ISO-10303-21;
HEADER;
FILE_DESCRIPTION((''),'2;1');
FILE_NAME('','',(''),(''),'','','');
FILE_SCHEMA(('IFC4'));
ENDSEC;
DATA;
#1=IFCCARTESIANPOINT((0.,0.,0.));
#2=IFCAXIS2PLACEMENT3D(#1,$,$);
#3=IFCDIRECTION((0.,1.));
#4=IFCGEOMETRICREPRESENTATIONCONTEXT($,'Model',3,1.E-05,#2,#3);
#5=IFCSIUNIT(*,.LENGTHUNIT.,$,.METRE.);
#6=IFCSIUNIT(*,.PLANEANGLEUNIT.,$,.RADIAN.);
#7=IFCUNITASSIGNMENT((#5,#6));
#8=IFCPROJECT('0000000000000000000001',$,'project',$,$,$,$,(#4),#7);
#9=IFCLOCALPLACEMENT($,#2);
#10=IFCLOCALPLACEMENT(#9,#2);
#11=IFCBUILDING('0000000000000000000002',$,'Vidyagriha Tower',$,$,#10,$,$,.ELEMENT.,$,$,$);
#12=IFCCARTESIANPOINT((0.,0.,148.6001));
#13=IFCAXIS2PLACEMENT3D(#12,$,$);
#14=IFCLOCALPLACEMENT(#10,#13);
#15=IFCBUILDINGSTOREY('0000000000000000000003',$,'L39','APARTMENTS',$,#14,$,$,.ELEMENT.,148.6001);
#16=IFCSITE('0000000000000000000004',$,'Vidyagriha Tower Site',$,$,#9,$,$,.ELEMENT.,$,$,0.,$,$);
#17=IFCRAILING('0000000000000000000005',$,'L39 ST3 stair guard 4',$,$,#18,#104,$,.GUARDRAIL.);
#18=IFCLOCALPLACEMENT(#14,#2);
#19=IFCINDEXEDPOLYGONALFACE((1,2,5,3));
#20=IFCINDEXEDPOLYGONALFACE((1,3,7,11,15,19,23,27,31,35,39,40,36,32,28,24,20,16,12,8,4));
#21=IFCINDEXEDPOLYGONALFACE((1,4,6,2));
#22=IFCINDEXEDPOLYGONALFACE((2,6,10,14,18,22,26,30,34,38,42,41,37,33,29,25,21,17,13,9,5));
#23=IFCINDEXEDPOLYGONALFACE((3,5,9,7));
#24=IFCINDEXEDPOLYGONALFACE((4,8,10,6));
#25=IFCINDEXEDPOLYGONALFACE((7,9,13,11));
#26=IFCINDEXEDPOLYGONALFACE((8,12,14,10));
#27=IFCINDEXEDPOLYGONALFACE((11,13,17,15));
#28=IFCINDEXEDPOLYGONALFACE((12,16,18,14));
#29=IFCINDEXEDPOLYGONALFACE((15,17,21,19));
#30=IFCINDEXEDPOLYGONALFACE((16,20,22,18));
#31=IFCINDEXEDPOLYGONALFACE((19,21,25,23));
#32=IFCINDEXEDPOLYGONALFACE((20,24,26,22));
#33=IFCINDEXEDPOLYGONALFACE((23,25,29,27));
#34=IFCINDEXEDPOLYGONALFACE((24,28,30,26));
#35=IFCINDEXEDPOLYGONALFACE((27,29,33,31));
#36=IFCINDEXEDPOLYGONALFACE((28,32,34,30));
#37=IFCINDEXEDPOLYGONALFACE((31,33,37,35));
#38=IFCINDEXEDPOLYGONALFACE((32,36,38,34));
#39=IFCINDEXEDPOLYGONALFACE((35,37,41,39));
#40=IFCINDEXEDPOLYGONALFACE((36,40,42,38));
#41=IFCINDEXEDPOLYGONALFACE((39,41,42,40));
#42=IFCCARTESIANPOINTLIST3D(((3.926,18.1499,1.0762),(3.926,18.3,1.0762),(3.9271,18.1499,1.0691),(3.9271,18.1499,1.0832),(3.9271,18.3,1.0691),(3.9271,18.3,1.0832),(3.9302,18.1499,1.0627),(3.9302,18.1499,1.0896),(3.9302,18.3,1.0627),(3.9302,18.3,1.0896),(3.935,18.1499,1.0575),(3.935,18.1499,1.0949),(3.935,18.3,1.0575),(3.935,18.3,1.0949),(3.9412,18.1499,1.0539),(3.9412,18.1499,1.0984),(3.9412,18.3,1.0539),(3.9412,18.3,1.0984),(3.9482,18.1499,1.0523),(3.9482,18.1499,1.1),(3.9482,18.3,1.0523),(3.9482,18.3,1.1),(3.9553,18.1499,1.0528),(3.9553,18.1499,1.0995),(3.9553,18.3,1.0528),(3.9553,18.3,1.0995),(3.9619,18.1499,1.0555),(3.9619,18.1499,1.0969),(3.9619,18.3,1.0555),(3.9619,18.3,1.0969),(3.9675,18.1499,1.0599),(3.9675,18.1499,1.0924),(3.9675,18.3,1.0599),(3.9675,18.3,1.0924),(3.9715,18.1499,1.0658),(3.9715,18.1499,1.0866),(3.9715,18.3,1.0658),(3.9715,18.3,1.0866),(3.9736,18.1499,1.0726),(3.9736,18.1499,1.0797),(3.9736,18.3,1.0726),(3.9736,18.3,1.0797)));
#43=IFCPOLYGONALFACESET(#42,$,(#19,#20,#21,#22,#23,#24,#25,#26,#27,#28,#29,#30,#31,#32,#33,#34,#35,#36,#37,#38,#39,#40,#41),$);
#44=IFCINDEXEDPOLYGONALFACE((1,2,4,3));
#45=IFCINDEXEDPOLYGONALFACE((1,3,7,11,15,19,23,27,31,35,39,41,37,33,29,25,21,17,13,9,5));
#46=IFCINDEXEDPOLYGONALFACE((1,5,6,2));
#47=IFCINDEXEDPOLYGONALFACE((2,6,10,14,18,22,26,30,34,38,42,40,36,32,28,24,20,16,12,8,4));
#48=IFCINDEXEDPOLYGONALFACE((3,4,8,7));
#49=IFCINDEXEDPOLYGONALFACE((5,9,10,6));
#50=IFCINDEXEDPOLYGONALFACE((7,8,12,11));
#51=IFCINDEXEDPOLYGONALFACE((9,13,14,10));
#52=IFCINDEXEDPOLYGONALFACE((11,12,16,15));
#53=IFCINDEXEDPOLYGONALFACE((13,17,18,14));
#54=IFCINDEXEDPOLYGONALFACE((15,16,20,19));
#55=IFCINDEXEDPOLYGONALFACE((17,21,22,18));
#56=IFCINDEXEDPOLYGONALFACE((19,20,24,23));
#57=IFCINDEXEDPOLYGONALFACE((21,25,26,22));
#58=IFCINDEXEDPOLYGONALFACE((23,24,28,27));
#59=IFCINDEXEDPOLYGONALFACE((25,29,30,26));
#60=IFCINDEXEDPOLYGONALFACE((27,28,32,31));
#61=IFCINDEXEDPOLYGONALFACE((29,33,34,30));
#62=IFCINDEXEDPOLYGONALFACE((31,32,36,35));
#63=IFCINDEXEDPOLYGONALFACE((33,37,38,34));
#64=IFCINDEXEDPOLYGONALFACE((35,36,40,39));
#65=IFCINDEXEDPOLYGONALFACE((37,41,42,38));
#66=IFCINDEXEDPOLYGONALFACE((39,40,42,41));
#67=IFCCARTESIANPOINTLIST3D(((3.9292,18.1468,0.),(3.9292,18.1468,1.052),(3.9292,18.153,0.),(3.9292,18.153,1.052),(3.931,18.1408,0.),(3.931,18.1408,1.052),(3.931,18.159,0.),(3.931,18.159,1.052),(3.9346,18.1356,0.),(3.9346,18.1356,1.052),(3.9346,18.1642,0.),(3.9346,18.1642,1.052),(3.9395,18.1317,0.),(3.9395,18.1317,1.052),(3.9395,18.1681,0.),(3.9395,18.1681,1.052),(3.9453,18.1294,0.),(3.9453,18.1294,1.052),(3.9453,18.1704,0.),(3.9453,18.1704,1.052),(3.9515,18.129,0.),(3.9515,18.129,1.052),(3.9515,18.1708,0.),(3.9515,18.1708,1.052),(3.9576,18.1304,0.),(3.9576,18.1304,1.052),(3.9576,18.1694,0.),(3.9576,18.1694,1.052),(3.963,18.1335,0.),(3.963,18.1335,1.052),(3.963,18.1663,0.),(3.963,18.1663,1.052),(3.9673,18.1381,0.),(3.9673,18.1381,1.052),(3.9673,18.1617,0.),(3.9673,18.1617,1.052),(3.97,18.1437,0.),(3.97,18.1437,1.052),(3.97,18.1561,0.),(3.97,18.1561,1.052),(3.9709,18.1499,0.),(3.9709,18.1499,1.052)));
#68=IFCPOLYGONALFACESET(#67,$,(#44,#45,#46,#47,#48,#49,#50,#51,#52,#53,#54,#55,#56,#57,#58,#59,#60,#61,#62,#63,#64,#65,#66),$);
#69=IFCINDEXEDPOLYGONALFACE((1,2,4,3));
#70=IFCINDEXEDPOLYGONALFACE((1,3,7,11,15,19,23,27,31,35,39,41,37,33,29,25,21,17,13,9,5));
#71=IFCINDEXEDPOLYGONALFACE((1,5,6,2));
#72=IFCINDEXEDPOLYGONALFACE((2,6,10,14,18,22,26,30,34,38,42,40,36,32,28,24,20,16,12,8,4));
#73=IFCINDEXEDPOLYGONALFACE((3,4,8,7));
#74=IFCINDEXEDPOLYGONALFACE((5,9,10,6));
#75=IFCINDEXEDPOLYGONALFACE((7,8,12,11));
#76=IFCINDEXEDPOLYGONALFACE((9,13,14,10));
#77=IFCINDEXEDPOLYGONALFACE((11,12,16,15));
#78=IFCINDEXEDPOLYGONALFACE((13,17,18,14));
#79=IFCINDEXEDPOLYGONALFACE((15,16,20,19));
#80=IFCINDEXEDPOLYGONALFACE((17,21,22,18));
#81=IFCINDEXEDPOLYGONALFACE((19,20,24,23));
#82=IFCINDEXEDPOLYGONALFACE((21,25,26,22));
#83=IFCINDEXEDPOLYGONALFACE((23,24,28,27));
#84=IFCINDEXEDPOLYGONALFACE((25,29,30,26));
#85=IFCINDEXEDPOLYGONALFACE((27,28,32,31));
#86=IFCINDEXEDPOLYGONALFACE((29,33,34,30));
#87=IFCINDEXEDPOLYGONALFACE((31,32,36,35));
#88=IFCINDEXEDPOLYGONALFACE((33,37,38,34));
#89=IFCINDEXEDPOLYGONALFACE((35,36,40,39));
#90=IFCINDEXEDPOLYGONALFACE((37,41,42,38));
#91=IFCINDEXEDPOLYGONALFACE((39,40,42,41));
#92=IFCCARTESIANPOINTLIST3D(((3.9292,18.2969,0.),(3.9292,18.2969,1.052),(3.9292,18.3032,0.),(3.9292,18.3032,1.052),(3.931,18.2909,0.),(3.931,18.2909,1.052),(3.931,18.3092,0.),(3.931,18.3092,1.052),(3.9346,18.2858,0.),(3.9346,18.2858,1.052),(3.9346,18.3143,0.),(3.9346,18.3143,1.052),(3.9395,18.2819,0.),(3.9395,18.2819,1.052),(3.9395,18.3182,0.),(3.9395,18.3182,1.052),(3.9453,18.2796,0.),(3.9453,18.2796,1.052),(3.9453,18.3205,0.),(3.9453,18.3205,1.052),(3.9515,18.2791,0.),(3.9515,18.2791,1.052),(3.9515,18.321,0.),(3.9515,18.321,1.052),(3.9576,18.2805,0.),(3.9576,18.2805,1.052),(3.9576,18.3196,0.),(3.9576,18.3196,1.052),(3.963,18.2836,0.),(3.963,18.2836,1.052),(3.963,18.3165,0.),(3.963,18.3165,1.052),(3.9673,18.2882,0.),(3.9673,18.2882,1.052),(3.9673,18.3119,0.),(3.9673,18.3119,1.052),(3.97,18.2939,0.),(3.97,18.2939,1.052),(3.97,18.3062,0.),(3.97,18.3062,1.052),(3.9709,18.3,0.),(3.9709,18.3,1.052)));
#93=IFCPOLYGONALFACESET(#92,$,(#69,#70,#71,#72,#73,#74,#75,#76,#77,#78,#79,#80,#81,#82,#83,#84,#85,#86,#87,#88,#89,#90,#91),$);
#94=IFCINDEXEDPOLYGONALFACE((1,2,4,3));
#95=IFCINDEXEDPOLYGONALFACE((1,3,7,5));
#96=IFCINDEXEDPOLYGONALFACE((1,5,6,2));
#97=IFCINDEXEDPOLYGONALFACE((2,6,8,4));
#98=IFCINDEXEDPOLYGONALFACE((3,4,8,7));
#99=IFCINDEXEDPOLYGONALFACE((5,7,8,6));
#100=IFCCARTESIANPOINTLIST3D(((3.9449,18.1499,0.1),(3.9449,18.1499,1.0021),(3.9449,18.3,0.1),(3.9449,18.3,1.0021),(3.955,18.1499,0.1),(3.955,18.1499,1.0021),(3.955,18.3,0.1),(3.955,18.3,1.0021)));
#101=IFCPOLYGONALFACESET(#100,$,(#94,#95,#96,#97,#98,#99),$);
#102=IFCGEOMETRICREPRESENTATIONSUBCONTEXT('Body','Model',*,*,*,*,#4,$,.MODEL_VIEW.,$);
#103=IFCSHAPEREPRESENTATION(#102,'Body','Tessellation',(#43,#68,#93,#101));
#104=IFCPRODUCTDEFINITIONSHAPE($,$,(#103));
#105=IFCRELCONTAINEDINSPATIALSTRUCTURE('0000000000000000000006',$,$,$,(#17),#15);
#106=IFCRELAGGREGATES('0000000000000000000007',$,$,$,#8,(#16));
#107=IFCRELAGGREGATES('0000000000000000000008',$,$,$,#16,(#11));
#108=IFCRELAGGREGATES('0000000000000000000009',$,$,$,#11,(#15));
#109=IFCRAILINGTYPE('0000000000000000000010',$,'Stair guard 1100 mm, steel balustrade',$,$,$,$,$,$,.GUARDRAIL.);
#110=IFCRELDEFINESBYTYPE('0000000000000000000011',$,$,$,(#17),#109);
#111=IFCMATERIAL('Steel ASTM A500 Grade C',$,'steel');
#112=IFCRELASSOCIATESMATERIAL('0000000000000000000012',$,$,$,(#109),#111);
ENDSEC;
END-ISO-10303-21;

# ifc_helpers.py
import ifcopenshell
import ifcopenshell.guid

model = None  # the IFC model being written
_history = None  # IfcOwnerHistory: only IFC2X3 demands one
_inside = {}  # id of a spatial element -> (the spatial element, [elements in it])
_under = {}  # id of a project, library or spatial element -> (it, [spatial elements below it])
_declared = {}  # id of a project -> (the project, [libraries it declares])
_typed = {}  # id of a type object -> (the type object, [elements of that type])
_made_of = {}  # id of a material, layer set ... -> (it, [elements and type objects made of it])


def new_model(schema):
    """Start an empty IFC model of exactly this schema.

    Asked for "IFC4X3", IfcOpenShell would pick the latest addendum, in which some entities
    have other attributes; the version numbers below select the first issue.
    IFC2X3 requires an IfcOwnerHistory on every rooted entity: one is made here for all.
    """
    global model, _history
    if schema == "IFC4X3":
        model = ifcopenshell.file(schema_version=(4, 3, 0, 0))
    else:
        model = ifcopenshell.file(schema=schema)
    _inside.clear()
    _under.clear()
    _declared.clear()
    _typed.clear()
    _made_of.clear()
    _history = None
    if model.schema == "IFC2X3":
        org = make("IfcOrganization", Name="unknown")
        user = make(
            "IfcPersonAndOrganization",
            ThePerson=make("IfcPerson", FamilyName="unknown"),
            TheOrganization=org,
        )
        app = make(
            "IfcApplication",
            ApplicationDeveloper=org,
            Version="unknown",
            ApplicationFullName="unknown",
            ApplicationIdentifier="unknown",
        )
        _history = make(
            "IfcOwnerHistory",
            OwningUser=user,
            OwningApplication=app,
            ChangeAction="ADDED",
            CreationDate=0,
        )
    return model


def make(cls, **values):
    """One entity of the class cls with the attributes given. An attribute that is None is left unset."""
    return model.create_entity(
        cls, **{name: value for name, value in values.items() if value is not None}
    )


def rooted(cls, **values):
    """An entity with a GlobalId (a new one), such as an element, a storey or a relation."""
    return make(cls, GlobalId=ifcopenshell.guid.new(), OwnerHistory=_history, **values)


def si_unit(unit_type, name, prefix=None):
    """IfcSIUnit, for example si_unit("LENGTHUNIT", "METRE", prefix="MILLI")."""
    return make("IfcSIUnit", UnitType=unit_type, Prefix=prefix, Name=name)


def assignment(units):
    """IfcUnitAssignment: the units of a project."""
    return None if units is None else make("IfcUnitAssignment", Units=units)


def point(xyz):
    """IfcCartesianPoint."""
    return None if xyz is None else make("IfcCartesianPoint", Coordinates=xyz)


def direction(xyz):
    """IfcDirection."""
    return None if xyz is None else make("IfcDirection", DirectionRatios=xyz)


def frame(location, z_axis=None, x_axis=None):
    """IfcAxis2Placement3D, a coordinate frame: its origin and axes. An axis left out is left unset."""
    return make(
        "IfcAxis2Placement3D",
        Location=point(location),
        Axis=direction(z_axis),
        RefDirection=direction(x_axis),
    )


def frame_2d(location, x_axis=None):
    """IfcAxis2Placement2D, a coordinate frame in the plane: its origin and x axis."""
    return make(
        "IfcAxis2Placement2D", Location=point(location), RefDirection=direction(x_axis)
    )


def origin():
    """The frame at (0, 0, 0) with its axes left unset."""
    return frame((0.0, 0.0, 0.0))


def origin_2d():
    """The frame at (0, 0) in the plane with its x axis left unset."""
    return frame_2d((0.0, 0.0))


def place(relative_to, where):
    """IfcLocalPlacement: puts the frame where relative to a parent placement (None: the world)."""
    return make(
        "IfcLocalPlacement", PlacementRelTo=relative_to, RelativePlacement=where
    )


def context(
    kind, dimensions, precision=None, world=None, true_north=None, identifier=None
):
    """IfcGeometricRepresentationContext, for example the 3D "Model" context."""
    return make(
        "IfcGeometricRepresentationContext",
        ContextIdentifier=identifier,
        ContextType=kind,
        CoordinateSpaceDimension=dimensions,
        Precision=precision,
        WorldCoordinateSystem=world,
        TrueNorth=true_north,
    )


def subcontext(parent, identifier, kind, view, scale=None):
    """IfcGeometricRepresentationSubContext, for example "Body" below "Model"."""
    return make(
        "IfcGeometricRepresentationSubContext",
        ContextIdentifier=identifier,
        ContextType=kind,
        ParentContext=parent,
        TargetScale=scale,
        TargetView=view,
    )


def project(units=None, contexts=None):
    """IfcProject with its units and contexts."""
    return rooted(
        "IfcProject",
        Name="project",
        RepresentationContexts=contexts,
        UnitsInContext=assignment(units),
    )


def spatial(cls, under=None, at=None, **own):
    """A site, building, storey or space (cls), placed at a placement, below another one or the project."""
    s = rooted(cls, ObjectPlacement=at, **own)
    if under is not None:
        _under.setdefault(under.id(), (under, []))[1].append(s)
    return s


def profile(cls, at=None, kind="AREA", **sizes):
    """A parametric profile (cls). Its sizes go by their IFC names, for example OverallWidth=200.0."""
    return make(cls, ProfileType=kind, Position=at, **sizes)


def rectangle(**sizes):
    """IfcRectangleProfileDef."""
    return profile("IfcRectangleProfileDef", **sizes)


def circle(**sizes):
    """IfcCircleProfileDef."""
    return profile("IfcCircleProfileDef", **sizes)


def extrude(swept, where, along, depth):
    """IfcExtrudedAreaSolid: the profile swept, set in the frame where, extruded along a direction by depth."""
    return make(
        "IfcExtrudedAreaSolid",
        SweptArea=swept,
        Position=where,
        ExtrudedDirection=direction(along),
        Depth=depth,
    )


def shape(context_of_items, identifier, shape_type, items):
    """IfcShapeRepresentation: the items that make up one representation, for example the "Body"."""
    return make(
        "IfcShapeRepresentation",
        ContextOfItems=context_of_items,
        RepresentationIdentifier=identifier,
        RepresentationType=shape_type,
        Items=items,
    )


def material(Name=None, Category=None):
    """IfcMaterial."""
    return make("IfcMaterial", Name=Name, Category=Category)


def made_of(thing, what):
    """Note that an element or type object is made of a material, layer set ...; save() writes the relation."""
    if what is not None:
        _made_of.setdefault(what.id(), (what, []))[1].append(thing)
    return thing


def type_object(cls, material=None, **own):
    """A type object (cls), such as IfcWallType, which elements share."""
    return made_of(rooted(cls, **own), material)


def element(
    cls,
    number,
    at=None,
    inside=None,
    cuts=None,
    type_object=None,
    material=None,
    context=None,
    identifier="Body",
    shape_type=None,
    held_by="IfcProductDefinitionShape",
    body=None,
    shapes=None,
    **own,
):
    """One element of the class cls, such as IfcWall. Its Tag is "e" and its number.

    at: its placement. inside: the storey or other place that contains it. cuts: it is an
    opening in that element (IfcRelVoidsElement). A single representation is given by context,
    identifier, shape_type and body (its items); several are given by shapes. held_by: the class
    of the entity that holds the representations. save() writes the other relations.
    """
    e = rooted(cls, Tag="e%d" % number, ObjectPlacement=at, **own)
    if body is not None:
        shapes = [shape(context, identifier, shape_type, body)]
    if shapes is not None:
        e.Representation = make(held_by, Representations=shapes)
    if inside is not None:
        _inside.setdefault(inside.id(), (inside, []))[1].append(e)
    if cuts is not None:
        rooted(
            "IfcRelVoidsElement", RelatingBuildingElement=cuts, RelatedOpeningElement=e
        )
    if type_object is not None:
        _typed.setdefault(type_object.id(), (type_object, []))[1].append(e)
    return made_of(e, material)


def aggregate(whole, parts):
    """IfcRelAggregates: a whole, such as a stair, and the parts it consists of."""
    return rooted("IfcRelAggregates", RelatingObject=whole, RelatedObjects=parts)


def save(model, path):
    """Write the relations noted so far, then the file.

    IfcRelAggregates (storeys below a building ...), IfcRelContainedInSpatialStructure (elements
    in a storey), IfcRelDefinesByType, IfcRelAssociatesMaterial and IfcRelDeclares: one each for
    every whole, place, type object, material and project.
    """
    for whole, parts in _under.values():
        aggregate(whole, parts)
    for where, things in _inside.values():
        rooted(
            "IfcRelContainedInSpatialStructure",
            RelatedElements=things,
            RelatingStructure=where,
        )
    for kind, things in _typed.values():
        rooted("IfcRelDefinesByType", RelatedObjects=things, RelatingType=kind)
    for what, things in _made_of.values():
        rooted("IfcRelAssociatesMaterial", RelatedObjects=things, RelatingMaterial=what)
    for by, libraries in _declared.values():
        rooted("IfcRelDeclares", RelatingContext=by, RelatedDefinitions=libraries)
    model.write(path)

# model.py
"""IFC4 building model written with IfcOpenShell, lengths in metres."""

from ifc_helpers import new_model, si_unit, direction, frame, origin, origin_2d, place, context, subcontext, project, spatial, rectangle, circle, extrude, material, type_object, element, save


model = new_model("IFC4")

# Units and contexts
model_context = context("Model", 3, precision=1e-05, world=origin(), true_north=direction((0.0, 1.0)))
body_context = subcontext(model_context, "Body", "Model", "MODEL_VIEW")
ifc_project = project(units=[si_unit("LENGTHUNIT", "METRE"), si_unit("PLANEANGLEUNIT", "RADIAN")], contexts=[model_context])

# Site, building, storey
site_placement = place(None, origin())
site = spatial("IfcSite", under=ifc_project, at=site_placement, Name="Vidyagriha Tower Site", CompositionType="ELEMENT", RefElevation=0.0)
building_placement = place(site_placement, origin())
building = spatial("IfcBuilding", under=site, at=building_placement, Name="Vidyagriha Tower", CompositionType="ELEMENT")
storey_placement = place(building_placement, frame((0.0, 0.0, 148.6001)))
storey = spatial("IfcBuildingStorey", under=building, at=storey_placement, Name="L39", Description="APARTMENTS", CompositionType="ELEMENT", Elevation=148.6001)

# Railing
ifc_material_1 = material(Name="Steel ASTM A500 Grade C", Category="steel")
railing_type_1 = type_object("IfcRailingType", Name="Stair guard 1100 mm, steel balustrade", PredefinedType="GUARDRAIL", material=ifc_material_1)
railing_1_placement = place(storey_placement, frame((3.95, 18.1499, 0.0)))
element("IfcRailing", 1, at=railing_1_placement, inside=storey, type_object=railing_type_1, Name="L39 ST3 stair guard 4", PredefinedType="GUARDRAIL", context=body_context, shape_type="SweptSolid", body=[
    extrude(circle(Radius=0.0239, at=origin_2d()), frame((0.0, 0.0, 1.0762), z_axis=(0.0, 1.0, 0.0), x_axis=(-1.0, 0.0, 0.0)), (0.0, 0.0, 1.0), 0.1501),
    extrude(circle(Radius=0.021, at=origin_2d()), origin(), (0.0, 0.0, 1.0), 1.052),
    extrude(circle(Radius=0.021, at=origin_2d()), frame((0.0, 0.1501, 0.0)), (0.0, 0.0, 1.0), 1.052),
    extrude(rectangle(XDim=0.01, YDim=0.9021, at=origin_2d()), frame((0.0, 0.0, 0.551), z_axis=(0.0, 1.0, 0.0), x_axis=(-1.0, 0.0, 0.0)), (0.0, 0.0, 1.0), 0.1501),
])

save(model, "model.ifc")
